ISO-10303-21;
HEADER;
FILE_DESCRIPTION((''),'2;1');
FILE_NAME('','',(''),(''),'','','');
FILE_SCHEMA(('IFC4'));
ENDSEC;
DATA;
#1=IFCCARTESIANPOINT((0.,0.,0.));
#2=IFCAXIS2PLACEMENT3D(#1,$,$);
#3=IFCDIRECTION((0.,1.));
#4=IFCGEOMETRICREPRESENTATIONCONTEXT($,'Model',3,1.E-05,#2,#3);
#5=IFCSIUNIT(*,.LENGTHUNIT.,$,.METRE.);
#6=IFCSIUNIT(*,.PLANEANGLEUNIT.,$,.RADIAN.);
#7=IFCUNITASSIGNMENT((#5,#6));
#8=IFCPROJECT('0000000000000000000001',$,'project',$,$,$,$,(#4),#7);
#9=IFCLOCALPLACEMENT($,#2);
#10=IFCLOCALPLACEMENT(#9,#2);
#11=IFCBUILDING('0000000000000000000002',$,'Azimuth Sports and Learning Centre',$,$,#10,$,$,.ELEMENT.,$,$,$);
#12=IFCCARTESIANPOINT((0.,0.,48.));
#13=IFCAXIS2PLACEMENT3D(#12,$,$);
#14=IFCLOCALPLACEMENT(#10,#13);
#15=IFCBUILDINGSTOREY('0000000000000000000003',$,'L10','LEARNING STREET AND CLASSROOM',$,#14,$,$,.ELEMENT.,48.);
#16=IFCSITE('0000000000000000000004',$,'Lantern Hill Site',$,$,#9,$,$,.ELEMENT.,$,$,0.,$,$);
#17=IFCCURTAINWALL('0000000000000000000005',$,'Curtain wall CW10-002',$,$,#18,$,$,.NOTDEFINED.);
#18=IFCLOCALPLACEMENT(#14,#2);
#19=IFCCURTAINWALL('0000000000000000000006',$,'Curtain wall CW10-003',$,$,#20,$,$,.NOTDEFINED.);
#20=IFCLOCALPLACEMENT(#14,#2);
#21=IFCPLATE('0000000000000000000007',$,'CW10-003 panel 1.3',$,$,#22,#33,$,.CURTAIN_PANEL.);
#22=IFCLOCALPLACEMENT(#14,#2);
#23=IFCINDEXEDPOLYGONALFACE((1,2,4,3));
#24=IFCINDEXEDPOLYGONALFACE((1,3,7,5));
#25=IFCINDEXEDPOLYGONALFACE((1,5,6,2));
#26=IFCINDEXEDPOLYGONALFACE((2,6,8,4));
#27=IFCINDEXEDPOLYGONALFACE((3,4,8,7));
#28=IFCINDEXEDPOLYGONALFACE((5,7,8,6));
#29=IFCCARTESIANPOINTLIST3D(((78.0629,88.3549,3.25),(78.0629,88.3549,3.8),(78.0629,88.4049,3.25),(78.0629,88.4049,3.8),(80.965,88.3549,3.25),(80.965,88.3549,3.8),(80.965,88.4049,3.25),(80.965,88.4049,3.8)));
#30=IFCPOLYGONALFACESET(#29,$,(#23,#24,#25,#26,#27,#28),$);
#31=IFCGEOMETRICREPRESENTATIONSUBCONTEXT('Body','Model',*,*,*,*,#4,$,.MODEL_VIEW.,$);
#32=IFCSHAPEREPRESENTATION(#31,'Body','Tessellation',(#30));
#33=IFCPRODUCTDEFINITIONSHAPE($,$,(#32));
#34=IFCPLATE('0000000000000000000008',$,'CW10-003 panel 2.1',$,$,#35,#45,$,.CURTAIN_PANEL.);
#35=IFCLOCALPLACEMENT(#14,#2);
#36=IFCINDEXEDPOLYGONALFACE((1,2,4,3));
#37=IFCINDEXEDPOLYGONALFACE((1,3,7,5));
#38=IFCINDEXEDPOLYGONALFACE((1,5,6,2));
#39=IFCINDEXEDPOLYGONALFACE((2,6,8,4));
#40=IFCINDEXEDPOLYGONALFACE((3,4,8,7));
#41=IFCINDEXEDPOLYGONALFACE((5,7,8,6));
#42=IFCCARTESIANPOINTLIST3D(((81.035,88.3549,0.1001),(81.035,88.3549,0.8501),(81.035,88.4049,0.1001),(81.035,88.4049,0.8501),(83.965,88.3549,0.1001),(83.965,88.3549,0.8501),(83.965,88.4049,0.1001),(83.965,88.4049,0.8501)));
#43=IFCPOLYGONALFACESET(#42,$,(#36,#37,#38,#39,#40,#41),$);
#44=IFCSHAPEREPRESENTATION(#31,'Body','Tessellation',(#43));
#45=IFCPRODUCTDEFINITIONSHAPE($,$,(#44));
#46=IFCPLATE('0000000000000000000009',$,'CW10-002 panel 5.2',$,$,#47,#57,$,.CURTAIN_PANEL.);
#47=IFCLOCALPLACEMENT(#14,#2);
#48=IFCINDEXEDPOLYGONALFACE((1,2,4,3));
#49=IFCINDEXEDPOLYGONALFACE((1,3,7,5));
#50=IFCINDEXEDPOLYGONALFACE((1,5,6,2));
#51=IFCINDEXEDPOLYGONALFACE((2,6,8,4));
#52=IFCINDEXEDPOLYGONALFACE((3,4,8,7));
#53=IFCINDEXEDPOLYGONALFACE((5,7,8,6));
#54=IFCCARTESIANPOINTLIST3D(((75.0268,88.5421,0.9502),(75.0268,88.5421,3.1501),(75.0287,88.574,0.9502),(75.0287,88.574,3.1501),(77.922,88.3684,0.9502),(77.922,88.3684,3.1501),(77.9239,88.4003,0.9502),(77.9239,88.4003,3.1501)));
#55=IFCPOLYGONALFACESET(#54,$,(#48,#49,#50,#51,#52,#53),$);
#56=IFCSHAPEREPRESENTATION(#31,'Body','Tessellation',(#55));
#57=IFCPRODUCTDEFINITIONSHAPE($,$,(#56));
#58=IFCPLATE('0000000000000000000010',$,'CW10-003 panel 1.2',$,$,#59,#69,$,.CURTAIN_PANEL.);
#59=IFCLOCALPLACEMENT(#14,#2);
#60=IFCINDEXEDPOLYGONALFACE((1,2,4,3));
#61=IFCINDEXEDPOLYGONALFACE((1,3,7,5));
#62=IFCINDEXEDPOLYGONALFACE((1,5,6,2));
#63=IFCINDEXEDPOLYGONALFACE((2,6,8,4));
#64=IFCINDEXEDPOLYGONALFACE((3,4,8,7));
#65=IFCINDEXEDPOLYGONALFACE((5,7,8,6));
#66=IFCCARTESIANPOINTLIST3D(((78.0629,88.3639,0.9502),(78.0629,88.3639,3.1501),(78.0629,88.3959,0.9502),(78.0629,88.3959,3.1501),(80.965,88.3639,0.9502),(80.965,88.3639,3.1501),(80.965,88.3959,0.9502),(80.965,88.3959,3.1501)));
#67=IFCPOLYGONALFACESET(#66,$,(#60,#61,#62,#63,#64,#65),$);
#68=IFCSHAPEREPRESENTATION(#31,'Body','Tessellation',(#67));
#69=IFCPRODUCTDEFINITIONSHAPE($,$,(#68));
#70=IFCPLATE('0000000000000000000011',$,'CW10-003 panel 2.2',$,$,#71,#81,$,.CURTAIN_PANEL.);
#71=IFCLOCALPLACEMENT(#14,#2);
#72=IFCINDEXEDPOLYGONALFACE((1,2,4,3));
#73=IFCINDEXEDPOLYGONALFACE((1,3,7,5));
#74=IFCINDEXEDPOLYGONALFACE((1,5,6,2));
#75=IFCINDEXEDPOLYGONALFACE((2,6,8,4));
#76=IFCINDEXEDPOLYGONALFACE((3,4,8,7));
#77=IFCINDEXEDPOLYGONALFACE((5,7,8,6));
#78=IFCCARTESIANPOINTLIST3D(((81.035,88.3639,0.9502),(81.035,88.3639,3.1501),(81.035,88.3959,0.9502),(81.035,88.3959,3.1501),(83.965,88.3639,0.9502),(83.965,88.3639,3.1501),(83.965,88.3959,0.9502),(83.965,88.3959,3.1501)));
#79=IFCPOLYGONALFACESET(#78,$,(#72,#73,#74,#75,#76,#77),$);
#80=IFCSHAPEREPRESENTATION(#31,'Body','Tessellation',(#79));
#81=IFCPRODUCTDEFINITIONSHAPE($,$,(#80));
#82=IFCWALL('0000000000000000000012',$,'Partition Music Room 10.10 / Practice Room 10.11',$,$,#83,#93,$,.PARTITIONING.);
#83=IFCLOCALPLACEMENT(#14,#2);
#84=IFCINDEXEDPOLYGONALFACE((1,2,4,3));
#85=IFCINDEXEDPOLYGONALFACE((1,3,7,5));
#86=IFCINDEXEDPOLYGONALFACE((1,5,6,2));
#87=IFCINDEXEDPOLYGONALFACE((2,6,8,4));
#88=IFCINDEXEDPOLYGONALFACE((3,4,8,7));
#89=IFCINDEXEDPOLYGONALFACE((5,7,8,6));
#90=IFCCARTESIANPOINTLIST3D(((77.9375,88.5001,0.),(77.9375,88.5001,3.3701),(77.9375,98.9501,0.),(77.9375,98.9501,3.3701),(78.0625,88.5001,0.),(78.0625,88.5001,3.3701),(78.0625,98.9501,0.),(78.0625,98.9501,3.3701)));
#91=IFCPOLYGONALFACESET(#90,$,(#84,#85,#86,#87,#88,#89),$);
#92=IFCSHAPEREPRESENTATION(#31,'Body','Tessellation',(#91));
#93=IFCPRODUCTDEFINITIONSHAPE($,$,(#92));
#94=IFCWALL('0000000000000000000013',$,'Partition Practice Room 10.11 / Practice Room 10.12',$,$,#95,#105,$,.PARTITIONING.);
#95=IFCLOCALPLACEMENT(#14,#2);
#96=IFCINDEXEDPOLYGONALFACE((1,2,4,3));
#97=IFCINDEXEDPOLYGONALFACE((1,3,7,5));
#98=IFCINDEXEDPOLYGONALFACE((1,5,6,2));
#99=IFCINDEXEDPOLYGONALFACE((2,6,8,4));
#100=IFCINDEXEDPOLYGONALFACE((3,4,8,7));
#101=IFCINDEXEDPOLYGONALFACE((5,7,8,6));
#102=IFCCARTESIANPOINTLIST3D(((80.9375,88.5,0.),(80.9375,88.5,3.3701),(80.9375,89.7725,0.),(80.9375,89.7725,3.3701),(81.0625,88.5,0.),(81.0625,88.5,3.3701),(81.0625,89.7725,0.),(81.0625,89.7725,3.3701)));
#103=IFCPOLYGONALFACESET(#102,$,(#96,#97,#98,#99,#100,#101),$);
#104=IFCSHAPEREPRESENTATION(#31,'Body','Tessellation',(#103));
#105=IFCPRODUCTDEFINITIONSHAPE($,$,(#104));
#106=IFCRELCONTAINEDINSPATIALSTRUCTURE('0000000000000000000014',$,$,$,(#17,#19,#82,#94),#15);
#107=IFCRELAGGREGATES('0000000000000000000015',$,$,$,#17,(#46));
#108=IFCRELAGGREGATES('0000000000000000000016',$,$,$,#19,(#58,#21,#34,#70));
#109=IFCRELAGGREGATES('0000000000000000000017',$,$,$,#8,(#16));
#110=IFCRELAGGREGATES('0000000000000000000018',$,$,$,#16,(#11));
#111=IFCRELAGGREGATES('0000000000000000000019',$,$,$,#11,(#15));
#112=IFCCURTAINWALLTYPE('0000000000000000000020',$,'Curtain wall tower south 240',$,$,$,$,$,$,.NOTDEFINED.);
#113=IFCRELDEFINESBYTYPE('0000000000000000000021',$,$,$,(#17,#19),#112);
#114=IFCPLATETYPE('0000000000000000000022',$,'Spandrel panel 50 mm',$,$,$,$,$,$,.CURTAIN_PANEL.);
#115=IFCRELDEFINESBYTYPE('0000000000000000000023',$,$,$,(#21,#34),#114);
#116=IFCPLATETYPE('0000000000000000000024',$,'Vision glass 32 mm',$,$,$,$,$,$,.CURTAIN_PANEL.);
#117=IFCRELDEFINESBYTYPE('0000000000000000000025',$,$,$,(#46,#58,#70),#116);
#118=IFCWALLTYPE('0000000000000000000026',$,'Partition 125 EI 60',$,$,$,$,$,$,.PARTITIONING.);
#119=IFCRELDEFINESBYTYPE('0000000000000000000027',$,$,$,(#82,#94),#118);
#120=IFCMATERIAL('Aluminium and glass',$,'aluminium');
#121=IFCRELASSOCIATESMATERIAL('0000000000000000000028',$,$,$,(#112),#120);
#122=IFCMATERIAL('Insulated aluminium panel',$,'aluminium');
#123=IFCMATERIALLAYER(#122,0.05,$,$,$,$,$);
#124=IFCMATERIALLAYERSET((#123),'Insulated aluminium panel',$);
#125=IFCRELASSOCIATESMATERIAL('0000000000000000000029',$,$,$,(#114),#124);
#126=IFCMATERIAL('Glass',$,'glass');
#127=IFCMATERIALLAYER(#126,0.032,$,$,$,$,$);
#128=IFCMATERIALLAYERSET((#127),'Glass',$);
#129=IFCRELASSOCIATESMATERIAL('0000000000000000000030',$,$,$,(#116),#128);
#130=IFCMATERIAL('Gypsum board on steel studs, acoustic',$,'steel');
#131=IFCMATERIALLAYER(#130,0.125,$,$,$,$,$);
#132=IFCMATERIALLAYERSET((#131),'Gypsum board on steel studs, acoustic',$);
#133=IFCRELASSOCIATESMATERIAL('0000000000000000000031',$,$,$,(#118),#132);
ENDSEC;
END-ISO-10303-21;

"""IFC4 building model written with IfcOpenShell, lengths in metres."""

from ifc_helpers import new_model, si_unit, direction, frame, frame_2d, origin, origin_2d, place, context, subcontext, project, spatial, rectangle, extrude, material, layer, layer_set, type_object, element, aggregate, save


model = new_model("IFC4")

# Units and contexts
model_context = context("Model", 3, precision=1e-05, world=origin(), true_north=direction((0.0, 1.0)))
body_context = subcontext(model_context, "Body", "Model", "MODEL_VIEW")
ifc_project = project(units=[si_unit("LENGTHUNIT", "METRE"), si_unit("PLANEANGLEUNIT", "RADIAN")], contexts=[model_context])

# Site, building, storey
site_placement = place(None, origin())
site = spatial("IfcSite", under=ifc_project, at=site_placement, Name="Lantern Hill Site", CompositionType="ELEMENT", RefElevation=0.0)
building_placement = place(site_placement, origin())
building = spatial("IfcBuilding", under=site, at=building_placement, Name="Azimuth Sports and Learning Centre", CompositionType="ELEMENT")
storey_placement = place(building_placement, frame((0.0, 0.0, 48.0)))
storey = spatial("IfcBuildingStorey", under=building, at=storey_placement, Name="L10", Description="LEARNING STREET AND CLASSROOM", CompositionType="ELEMENT", Elevation=48.0)

# Curtain wall
ifc_material_1 = material(Name="Aluminium and glass", Category="aluminium")
curtain_wall_type = type_object("IfcCurtainWallType", Name="Curtain wall tower south 240", PredefinedType="NOTDEFINED", material=ifc_material_1)
curtain_wall_1_placement = place(storey_placement, origin())
curtain_wall_1 = element("IfcCurtainWall", 1, at=curtain_wall_1_placement, inside=storey, type_object=curtain_wall_type, Name="Curtain wall CW10-002", PredefinedType="NOTDEFINED")

# Curtain wall
curtain_wall_2_placement = place(storey_placement, origin())
curtain_wall_2 = element("IfcCurtainWall", 2, at=curtain_wall_2_placement, inside=storey, type_object=curtain_wall_type, Name="Curtain wall CW10-003", PredefinedType="NOTDEFINED")

# Plates
ifc_material_2 = material(Name="Insulated aluminium panel", Category="aluminium")
ifc_layer_1 = layer(ifc_material_2, 0.05)
ifc_layer_set_1 = layer_set([ifc_layer_1], Name="Insulated aluminium panel")
plate_type_1 = type_object("IfcPlateType", Name="Spandrel panel 50 mm", PredefinedType="CURTAIN_PANEL", material=ifc_layer_set_1)
plate_1_placement = place(storey_placement, frame((79.5139, 88.3799, 3.25), z_axis=(0.0, 0.0, 1.0), x_axis=(1.0, 0.0, 0.0)))
plate_1 = element("IfcPlate", 3, at=plate_1_placement, type_object=plate_type_1, Name="CW10-003 panel 1.3", PredefinedType="CURTAIN_PANEL", context=body_context, shape_type="SweptSolid", body=[
    extrude(rectangle(XDim=2.9021, YDim=0.05, at=origin_2d()), origin(), (0.0, 0.0, 1.0), 0.55),
])
plate_2_placement = place(storey_placement, frame((82.5, 88.3799, 0.1001), z_axis=(0.0, 0.0, 1.0), x_axis=(1.0, 0.0, 0.0)))
plate_2 = element("IfcPlate", 4, at=plate_2_placement, type_object=plate_type_1, Name="CW10-003 panel 2.1", PredefinedType="CURTAIN_PANEL", context=body_context, shape_type="SweptSolid", body=[
    extrude(rectangle(XDim=2.9299, YDim=0.05, at=origin_2d()), origin(), (0.0, 0.0, 1.0), 0.75),
])
ifc_material_3 = material(Name="Glass", Category="glass")
ifc_layer_2 = layer(ifc_material_3, 0.032)
ifc_layer_set_2 = layer_set([ifc_layer_2], Name="Glass")
plate_type_2 = type_object("IfcPlateType", Name="Vision glass 32 mm", PredefinedType="CURTAIN_PANEL", material=ifc_layer_set_2)
plate_3_placement = place(storey_placement, frame((76.4753, 88.4712, 0.9502), z_axis=(0.0, 0.0, 1.0), x_axis=(0.998205, -0.059892, 0.0)))
plate_3 = element("IfcPlate", 5, at=plate_3_placement, type_object=plate_type_2, Name="CW10-002 panel 5.2", PredefinedType="CURTAIN_PANEL", context=body_context, shape_type="SweptSolid", body=[
    extrude(rectangle(XDim=2.9004, YDim=0.032, at=origin_2d()), origin(), (0.0, 0.0, 1.0), 2.2),
])
aggregate(curtain_wall_1, [plate_3])
plate_4_placement = place(storey_placement, frame((79.5139, 88.3799, 0.9502), z_axis=(0.0, 0.0, 1.0), x_axis=(1.0, 0.0, 0.0)))
plate_4 = element("IfcPlate", 6, at=plate_4_placement, type_object=plate_type_2, Name="CW10-003 panel 1.2", PredefinedType="CURTAIN_PANEL", context=body_context, shape_type="SweptSolid", body=[
    extrude(rectangle(XDim=2.9021, YDim=0.032, at=origin_2d()), origin(), (0.0, 0.0, 1.0), 2.2),
])
plate_5_placement = place(storey_placement, frame((82.5, 88.3799, 0.9502), z_axis=(0.0, 0.0, 1.0), x_axis=(1.0, 0.0, 0.0)))
plate_5 = element("IfcPlate", 7, at=plate_5_placement, type_object=plate_type_2, Name="CW10-003 panel 2.2", PredefinedType="CURTAIN_PANEL", context=body_context, shape_type="SweptSolid", body=[
    extrude(rectangle(XDim=2.9299, YDim=0.032, at=origin_2d()), origin(), (0.0, 0.0, 1.0), 2.2),
])
aggregate(curtain_wall_2, [plate_4, plate_1, plate_2, plate_5])

# Walls
ifc_material_4 = material(Name="Gypsum board on steel studs, acoustic", Category="steel")
ifc_layer_3 = layer(ifc_material_4, 0.125)
ifc_layer_set_3 = layer_set([ifc_layer_3], Name="Gypsum board on steel studs, acoustic")
wall_type = type_object("IfcWallType", Name="Partition 125 EI 60", PredefinedType="PARTITIONING", material=ifc_layer_set_3)
wall_1_placement = place(storey_placement, frame((78.0, 88.5, 0.0), z_axis=(0.0, 0.0, 1.0), x_axis=(0.0, 1.0, 0.0)))
element("IfcWall", 8, at=wall_1_placement, inside=storey, type_object=wall_type, Name="Partition Music Room 10.10 / Practice Room 10.11", PredefinedType="PARTITIONING", context=body_context, shape_type="SweptSolid", body=[
    extrude(rectangle(XDim=10.45, YDim=0.125, at=frame_2d((5.2251, 0.0))), origin(), (0.0, 0.0, 1.0), 3.3701),
])
wall_2_placement = place(storey_placement, frame((81.0, 88.5, 0.0), z_axis=(0.0, 0.0, 1.0), x_axis=(0.0, 1.0, 0.0)))
element("IfcWall", 9, at=wall_2_placement, inside=storey, type_object=wall_type, Name="Partition Practice Room 10.11 / Practice Room 10.12", PredefinedType="PARTITIONING", context=body_context, shape_type="SweptSolid", body=[
    extrude(rectangle(XDim=1.2725, YDim=0.125, at=frame_2d((0.6362, 0.0))), origin(), (0.0, 0.0, 1.0), 3.3701),
])

save(model, "model.ifc")
